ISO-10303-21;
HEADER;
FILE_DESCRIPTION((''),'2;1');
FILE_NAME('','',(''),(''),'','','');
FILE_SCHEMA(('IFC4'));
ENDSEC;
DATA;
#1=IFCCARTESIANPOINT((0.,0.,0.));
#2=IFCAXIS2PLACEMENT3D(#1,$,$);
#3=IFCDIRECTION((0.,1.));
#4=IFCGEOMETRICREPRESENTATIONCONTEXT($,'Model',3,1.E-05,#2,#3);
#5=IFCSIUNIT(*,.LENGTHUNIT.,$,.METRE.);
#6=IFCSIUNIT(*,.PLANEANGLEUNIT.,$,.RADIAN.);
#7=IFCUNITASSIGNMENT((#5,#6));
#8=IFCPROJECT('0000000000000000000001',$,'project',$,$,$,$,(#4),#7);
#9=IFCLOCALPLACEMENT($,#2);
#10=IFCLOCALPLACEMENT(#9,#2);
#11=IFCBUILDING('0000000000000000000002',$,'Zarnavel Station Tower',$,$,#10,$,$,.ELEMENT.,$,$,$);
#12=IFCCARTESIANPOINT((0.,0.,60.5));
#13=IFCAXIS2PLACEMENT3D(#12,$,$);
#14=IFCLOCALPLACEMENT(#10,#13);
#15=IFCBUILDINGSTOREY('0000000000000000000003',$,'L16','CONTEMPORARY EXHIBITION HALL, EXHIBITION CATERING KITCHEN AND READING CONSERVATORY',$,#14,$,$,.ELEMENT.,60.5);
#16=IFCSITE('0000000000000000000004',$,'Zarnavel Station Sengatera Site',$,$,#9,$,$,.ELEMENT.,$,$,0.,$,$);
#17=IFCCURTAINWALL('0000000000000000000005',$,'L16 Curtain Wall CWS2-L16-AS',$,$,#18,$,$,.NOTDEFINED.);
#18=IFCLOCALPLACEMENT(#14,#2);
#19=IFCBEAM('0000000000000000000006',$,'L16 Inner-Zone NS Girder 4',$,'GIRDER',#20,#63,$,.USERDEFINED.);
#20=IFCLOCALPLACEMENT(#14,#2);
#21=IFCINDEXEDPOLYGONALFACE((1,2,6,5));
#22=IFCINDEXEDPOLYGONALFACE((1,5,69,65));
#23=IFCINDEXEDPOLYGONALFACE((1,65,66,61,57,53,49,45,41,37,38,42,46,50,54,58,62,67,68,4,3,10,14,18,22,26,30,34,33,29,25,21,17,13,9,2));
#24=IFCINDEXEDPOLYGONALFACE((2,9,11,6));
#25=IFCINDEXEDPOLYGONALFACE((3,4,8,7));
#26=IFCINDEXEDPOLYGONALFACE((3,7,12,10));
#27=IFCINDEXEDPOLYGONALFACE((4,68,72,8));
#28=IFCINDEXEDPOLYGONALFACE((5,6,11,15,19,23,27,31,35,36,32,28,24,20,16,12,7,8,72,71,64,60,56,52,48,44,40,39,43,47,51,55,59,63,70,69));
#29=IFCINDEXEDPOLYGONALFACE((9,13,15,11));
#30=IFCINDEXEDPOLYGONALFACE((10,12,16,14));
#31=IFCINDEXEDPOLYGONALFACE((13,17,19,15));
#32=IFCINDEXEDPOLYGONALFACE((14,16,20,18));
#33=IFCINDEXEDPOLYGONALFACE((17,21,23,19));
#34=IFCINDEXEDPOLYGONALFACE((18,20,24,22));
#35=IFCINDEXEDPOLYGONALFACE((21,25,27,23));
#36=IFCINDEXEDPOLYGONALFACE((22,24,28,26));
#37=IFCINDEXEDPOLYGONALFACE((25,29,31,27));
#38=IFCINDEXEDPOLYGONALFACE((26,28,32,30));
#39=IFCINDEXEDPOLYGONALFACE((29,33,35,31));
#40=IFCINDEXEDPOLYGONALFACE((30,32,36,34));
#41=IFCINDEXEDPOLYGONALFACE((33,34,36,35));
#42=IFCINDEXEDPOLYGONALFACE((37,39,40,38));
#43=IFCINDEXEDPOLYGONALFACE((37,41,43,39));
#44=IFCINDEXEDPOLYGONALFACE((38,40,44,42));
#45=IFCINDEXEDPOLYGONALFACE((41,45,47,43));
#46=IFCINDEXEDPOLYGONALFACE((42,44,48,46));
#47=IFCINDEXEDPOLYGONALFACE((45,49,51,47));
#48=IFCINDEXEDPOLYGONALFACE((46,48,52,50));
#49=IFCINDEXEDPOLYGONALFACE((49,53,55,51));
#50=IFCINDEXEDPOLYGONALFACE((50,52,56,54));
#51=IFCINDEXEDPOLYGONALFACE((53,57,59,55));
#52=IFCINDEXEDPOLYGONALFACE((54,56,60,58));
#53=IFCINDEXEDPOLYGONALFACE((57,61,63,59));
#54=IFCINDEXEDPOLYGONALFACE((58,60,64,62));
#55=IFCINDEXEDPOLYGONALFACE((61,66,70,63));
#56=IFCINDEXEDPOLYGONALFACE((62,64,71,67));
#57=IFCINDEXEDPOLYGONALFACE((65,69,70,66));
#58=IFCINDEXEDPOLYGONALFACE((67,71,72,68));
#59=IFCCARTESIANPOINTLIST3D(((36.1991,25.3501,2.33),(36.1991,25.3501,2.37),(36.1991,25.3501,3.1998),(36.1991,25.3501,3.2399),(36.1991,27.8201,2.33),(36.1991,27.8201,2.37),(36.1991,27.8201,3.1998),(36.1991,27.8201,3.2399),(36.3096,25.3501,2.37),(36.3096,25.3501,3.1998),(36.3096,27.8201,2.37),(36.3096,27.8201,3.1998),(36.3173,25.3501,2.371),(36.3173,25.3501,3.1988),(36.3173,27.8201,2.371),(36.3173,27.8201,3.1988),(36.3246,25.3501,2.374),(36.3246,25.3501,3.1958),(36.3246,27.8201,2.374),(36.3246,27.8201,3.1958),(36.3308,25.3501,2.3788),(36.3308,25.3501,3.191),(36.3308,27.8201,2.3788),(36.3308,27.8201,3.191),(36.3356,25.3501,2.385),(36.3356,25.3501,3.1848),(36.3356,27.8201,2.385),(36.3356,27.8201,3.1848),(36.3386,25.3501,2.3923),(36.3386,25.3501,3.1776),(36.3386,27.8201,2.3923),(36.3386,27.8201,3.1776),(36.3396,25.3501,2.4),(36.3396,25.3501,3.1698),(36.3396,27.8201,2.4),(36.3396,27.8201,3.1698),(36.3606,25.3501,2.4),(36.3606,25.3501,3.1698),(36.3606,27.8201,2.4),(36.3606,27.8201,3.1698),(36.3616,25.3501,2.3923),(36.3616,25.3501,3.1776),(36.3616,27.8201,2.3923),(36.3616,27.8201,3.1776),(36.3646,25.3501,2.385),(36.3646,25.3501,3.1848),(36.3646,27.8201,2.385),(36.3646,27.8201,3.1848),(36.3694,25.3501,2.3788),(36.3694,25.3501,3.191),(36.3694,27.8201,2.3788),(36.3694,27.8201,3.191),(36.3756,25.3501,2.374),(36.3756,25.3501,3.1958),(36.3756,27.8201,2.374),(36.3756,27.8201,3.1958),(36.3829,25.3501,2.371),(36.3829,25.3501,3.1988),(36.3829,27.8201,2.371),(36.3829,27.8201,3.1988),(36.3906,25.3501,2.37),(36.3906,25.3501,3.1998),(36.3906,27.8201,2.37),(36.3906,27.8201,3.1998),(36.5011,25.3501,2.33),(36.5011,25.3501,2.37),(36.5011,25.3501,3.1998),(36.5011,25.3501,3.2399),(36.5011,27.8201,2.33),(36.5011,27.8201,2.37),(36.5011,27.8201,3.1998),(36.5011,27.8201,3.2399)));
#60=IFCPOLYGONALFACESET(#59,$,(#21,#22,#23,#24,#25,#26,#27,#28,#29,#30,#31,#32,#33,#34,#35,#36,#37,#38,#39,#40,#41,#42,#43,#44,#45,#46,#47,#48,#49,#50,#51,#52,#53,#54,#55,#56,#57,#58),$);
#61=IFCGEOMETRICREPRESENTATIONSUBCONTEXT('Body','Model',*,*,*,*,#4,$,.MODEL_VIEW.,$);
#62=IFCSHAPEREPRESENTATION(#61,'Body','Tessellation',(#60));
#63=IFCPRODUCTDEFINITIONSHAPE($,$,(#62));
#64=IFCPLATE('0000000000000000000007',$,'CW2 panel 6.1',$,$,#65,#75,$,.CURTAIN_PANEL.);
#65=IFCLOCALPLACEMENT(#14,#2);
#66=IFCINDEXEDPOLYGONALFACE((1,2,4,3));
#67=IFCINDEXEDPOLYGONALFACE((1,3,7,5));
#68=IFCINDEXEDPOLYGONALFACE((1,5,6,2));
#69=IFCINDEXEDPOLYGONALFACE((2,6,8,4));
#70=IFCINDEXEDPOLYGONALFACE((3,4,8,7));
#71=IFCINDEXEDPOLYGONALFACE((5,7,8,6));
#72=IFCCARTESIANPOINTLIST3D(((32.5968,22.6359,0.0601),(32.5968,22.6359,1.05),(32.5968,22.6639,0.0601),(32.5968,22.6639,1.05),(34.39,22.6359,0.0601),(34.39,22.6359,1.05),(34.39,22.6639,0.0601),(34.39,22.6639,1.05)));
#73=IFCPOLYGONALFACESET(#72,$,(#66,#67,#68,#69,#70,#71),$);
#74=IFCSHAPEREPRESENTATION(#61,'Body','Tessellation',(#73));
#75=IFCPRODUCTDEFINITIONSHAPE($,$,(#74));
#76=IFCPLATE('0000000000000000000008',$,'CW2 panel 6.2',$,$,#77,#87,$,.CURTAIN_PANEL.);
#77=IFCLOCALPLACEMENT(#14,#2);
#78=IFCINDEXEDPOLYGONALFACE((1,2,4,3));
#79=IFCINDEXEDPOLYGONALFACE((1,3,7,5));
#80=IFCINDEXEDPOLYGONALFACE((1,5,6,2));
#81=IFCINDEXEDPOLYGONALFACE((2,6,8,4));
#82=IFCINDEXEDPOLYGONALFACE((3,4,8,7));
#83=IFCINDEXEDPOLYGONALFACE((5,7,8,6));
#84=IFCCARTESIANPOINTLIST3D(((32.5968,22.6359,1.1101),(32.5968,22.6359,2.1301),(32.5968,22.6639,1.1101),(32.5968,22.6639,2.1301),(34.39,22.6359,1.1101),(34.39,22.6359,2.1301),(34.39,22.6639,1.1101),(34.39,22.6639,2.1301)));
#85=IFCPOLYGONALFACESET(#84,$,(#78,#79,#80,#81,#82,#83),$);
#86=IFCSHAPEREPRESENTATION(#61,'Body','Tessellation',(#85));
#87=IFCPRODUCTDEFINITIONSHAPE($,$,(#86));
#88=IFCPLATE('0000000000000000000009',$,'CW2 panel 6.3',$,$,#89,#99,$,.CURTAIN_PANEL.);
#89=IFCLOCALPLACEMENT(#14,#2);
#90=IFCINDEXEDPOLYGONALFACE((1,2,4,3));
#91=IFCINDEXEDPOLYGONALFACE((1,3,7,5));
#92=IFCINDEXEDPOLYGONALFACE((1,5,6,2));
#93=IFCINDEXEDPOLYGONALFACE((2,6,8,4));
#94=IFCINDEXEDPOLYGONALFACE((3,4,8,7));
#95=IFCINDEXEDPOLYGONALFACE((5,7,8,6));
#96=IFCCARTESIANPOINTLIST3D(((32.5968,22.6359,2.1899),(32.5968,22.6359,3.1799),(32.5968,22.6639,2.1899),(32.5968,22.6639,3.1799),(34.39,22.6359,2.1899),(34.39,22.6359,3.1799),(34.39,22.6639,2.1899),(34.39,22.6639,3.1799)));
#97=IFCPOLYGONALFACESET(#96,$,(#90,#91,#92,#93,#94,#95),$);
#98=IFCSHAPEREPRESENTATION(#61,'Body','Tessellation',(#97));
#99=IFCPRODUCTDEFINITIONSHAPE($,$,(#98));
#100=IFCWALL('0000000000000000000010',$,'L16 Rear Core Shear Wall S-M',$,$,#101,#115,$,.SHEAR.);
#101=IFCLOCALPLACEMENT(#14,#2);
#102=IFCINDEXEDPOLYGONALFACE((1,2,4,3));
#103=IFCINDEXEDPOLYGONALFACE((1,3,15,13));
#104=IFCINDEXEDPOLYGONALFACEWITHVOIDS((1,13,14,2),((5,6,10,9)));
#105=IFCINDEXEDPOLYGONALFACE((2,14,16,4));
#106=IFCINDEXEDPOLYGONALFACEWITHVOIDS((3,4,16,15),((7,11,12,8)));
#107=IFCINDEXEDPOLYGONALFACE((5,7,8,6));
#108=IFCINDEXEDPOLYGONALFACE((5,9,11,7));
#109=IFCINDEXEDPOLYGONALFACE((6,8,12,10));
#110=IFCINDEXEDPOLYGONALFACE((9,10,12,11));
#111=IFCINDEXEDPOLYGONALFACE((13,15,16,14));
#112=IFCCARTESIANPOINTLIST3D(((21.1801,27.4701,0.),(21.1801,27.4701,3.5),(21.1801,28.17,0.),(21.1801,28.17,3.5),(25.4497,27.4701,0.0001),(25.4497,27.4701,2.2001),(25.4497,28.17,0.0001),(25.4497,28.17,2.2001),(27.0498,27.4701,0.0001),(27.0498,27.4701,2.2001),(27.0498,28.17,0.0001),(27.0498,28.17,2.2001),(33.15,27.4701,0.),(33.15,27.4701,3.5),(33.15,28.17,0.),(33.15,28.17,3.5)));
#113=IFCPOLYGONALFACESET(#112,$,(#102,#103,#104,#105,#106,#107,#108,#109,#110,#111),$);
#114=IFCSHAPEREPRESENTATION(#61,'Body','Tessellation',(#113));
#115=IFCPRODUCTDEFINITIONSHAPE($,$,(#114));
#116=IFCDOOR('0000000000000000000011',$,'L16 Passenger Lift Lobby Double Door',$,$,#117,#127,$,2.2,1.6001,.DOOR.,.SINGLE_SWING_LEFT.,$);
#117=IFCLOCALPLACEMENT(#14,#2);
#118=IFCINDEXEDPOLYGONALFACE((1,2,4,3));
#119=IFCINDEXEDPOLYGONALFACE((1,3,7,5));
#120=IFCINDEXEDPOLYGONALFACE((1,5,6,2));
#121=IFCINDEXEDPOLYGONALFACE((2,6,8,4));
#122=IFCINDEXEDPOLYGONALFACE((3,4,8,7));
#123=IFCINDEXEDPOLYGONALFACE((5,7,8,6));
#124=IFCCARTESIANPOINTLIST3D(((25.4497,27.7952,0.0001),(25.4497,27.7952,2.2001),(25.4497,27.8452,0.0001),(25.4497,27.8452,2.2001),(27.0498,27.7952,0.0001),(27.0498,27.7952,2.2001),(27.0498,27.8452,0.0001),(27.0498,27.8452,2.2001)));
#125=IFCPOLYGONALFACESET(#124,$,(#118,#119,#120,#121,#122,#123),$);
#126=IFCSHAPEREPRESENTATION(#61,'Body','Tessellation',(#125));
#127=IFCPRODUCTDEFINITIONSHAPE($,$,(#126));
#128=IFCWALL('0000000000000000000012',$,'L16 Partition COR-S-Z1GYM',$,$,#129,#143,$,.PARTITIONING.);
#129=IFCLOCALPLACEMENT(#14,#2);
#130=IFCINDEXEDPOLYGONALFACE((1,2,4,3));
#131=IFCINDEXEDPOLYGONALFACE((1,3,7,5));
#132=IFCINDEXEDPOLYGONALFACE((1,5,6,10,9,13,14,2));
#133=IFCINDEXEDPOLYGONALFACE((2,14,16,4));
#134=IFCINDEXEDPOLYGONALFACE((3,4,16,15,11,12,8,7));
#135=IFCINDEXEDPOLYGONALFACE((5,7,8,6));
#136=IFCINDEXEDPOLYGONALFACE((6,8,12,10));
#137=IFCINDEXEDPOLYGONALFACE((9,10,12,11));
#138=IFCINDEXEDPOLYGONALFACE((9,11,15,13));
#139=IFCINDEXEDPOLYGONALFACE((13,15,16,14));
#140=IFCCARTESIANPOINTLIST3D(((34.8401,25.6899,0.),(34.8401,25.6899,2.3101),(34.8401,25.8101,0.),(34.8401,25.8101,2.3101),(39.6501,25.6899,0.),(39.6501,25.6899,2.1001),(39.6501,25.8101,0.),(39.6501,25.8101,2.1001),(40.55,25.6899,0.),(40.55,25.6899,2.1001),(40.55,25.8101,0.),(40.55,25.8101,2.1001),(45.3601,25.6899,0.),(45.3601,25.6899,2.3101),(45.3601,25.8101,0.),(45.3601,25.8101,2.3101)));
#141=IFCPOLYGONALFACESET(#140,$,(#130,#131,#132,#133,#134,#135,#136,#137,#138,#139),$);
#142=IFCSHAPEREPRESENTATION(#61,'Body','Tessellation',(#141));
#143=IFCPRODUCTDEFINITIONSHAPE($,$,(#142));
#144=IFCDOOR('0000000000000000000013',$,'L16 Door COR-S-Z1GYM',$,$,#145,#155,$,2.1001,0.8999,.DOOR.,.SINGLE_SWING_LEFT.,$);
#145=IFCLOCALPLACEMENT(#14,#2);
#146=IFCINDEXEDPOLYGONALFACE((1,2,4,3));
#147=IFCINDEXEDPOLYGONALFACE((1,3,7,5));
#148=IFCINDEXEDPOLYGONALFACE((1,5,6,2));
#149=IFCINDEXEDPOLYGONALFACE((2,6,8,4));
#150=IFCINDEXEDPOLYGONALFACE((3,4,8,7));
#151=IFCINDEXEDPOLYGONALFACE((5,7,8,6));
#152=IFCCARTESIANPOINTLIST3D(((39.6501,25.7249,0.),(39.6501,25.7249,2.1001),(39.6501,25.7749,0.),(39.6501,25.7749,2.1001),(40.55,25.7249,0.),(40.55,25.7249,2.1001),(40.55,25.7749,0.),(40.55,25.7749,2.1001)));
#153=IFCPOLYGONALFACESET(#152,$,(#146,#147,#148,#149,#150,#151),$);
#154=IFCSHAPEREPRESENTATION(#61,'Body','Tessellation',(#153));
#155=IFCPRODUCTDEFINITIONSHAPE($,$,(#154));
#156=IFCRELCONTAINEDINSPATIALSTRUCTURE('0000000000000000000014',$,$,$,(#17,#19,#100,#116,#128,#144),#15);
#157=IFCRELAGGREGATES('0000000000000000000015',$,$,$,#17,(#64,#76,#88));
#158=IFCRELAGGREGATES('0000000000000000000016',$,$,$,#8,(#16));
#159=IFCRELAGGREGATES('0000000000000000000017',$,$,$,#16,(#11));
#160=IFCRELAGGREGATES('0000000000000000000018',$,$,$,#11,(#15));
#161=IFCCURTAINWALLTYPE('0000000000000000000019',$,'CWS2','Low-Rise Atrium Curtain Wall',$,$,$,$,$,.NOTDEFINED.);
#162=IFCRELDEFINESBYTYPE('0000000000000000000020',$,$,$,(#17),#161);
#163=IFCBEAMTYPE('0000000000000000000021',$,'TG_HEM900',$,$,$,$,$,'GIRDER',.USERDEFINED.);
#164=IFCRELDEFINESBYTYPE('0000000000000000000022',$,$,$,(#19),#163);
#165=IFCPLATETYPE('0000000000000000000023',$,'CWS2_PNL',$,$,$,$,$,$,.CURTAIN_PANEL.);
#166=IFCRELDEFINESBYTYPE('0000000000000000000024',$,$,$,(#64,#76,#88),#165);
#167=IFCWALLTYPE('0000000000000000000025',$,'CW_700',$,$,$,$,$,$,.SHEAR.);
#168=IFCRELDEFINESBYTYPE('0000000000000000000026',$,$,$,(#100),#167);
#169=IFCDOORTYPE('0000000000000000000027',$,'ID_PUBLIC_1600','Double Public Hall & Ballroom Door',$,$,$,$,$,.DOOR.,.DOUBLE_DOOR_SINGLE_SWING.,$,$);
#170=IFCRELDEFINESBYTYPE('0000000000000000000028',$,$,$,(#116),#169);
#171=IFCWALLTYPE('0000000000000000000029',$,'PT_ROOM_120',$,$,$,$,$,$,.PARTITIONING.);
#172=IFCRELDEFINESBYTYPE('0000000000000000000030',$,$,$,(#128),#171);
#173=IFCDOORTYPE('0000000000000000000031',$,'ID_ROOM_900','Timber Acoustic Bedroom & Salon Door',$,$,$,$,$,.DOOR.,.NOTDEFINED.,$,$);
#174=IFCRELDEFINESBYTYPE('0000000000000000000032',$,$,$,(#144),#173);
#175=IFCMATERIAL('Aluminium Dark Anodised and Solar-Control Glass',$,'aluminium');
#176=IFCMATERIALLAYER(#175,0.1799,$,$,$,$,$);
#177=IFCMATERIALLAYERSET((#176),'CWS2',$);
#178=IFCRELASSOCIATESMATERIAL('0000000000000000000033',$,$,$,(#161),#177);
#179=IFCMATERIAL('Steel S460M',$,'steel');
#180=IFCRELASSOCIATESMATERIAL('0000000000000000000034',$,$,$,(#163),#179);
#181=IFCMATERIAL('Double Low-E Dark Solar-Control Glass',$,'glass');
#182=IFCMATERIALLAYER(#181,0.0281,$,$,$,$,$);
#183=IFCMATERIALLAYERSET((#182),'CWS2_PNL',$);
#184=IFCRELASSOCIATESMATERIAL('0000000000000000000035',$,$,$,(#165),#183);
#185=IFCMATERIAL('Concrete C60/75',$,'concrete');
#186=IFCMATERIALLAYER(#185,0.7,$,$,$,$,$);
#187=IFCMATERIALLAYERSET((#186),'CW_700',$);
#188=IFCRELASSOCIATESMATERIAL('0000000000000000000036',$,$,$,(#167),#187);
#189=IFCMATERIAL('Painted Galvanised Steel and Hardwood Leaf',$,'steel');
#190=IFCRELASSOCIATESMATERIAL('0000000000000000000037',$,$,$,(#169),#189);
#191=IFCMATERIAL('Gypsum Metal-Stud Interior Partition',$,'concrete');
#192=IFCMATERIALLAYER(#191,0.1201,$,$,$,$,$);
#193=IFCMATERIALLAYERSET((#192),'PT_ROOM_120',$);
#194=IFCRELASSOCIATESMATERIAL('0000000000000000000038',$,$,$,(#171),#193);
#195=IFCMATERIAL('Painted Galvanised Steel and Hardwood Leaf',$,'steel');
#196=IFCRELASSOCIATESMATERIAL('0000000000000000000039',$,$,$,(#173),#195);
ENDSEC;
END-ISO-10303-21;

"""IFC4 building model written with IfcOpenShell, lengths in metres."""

from ifc_helpers import new_model, si_unit, direction, frame, frame_2d, origin, origin_2d, place, context, subcontext, project, spatial, rectangle, i_section, extrude, material, layer, layer_set, material_profile, profile_set, type_object, element, fill, aggregate, save


model = new_model("IFC4")

# Units and contexts
model_context = context("Model", 3, precision=1e-05, world=origin(), true_north=direction((0.0, 1.0)))
body_context = subcontext(model_context, "Body", "Model", "MODEL_VIEW")
ifc_project = project(units=[si_unit("LENGTHUNIT", "METRE"), si_unit("PLANEANGLEUNIT", "RADIAN")], contexts=[model_context])

# Site, building, storey
site_placement = place(None, origin())
site = spatial("IfcSite", under=ifc_project, at=site_placement, Name="Zarnavel Station Sengatera Site", CompositionType="ELEMENT", RefElevation=0.0)
building_placement = place(site_placement, origin())
building = spatial("IfcBuilding", under=site, at=building_placement, Name="Zarnavel Station Tower", CompositionType="ELEMENT")
storey_placement = place(building_placement, frame((0.0, 0.0, 60.5)))
storey = spatial("IfcBuildingStorey", under=building, at=storey_placement, Name="L16", Description="CONTEMPORARY EXHIBITION HALL, EXHIBITION CATERING KITCHEN AND READING CONSERVATORY", CompositionType="ELEMENT", Elevation=60.5)

# Curtain wall
ifc_material_1 = material(Name="Aluminium Dark Anodised and Solar-Control Glass", Category="aluminium")
ifc_layer_1 = layer(ifc_material_1, 0.1799)
ifc_layer_set_1 = layer_set([ifc_layer_1], Name="CWS2")
curtain_wall_type = type_object("IfcCurtainWallType", Name="CWS2", Description="Low-Rise Atrium Curtain Wall", PredefinedType="NOTDEFINED", material=ifc_layer_set_1)
curtain_wall_placement = place(storey_placement, origin())
curtain_wall = element("IfcCurtainWall", 1, at=curtain_wall_placement, inside=storey, type_object=curtain_wall_type, Name="L16 Curtain Wall CWS2-L16-AS", PredefinedType="NOTDEFINED")

# Beam
ifc_material_2 = material(Name="Steel S460M", Category="steel")
ifc_material_profile_1 = material_profile(ifc_material_2, i_section(OverallWidth=0.302, OverallDepth=0.9099, WebThickness=0.021, FlangeThickness=0.04, FilletRadius=0.03, at=origin_2d()), Name="HEM900")
ifc_profile_set_1 = profile_set([ifc_material_profile_1], Name="Steel S460M")
beam_type_1 = type_object("IfcBeamType", Name="TG_HEM900", ElementType="GIRDER", PredefinedType="USERDEFINED", material=ifc_profile_set_1)
beam_1_placement = place(storey_placement, frame((36.3501, 25.3501, 2.7849), z_axis=(0.0, 1.0, 0.0), x_axis=(-1.0, 0.0, 0.0)))
element("IfcBeam", 2, at=beam_1_placement, inside=storey, type_object=beam_type_1, Name="L16 Inner-Zone NS Girder 4", ObjectType="GIRDER", PredefinedType="USERDEFINED", context=body_context, shape_type="SweptSolid", body=[
    extrude(i_section(OverallWidth=0.302, OverallDepth=0.9099, WebThickness=0.021, FlangeThickness=0.04, FilletRadius=0.03, at=origin_2d()), origin(), (0.0, 0.0, 1.0), 2.47),
])

# Plates
ifc_material_3 = material(Name="Double Low-E Dark Solar-Control Glass", Category="glass")
ifc_layer_2 = layer(ifc_material_3, 0.0281)
ifc_layer_set_2 = layer_set([ifc_layer_2], Name="CWS2_PNL")
plate_type = type_object("IfcPlateType", Name="CWS2_PNL", PredefinedType="CURTAIN_PANEL", material=ifc_layer_set_2)
plate_1_placement = place(storey_placement, frame((33.4934, 22.6499, 0.0601), z_axis=(0.0, 0.0, 1.0), x_axis=(1.0, 0.0, 0.0)))
plate_1 = element("IfcPlate", 3, at=plate_1_placement, type_object=plate_type, Name="CW2 panel 6.1", PredefinedType="CURTAIN_PANEL", context=body_context, shape_type="SweptSolid", body=[
    extrude(rectangle(XDim=1.7932, YDim=0.0281, at=origin_2d()), origin(), (0.0, 0.0, 1.0), 0.99),
])
plate_2_placement = place(storey_placement, frame((33.4934, 22.6499, 1.1101), z_axis=(0.0, 0.0, 1.0), x_axis=(1.0, 0.0, 0.0)))
plate_2 = element("IfcPlate", 4, at=plate_2_placement, type_object=plate_type, Name="CW2 panel 6.2", PredefinedType="CURTAIN_PANEL", context=body_context, shape_type="SweptSolid", body=[
    extrude(rectangle(XDim=1.7932, YDim=0.0281, at=origin_2d()), origin(), (0.0, 0.0, 1.0), 1.02),
])
plate_3_placement = place(storey_placement, frame((33.4934, 22.6499, 2.1899), z_axis=(0.0, 0.0, 1.0), x_axis=(1.0, 0.0, 0.0)))
plate_3 = element("IfcPlate", 5, at=plate_3_placement, type_object=plate_type, Name="CW2 panel 6.3", PredefinedType="CURTAIN_PANEL", context=body_context, shape_type="SweptSolid", body=[
    extrude(rectangle(XDim=1.7932, YDim=0.0281, at=origin_2d()), origin(), (0.0, 0.0, 1.0), 0.99),
])
aggregate(curtain_wall, [plate_1, plate_2, plate_3])

# Walls, openings, doors
ifc_material_4 = material(Name="Concrete C60/75", Category="concrete")
ifc_layer_3 = layer(ifc_material_4, 0.7)
ifc_layer_set_3 = layer_set([ifc_layer_3], Name="CW_700")
wall_type_1 = type_object("IfcWallType", Name="CW_700", PredefinedType="SHEAR", material=ifc_layer_set_3)
wall_1_placement = place(storey_placement, frame((33.1499, 27.8201, 0.0), z_axis=(0.0, 0.0, 1.0), x_axis=(-1.0, 0.0, 0.0)))
wall_1 = element("IfcWall", 6, at=wall_1_placement, inside=storey, type_object=wall_type_1, Name="L16 Rear Core Shear Wall S-M", PredefinedType="SHEAR", context=body_context, shape_type="SweptSolid", body=[
    extrude(rectangle(XDim=11.97, YDim=0.7, at=frame_2d((5.9849, 0.0))), origin(), (0.0, 0.0, 1.0), 3.5),
])
opening_1_placement = place(wall_1_placement, frame((6.1001, 0.0, 0.0)))
opening_1 = element("IfcOpeningElement", 7, at=opening_1_placement, cuts=wall_1, PredefinedType="OPENING", context=body_context, shape_type="SweptSolid", body=[
    extrude(rectangle(XDim=1.6001, YDim=2.2, at=frame_2d((0.8, 1.1001))), frame((0.0, 0.3599, 0.0), z_axis=(0.0, -1.0, 0.0), x_axis=(1.0, 0.0, 0.0)), (0.0, 0.0, 1.0), 0.72),
])
ifc_material_5 = material(Name="Painted Galvanised Steel and Hardwood Leaf", Category="steel")
door_type_1 = type_object("IfcDoorType", Name="ID_PUBLIC_1600", Description="Double Public Hall & Ballroom Door", OperationType="DOUBLE_DOOR_SINGLE_SWING", PredefinedType="DOOR", material=ifc_material_5)
door_1_placement = place(opening_1_placement, origin())
door_1 = element("IfcDoor", 8, at=door_1_placement, inside=storey, type_object=door_type_1, Name="L16 Passenger Lift Lobby Double Door", OperationType="SINGLE_SWING_LEFT", OverallHeight=2.2, OverallWidth=1.6001, PredefinedType="DOOR", context=body_context, shape_type="SweptSolid", body=[
    extrude(rectangle(XDim=1.6001, YDim=2.2, at=frame_2d((0.8, 1.1001))), frame((0.0, 0.0249, 0.0), z_axis=(0.0, -1.0, 0.0), x_axis=(1.0, 0.0, 0.0)), (0.0, 0.0, 1.0), 0.05),
])
fill(opening_1, door_1)
ifc_material_6 = material(Name="Gypsum Metal-Stud Interior Partition", Category="concrete")
ifc_layer_4 = layer(ifc_material_6, 0.1201)
ifc_layer_set_4 = layer_set([ifc_layer_4], Name="PT_ROOM_120")
wall_type_2 = type_object("IfcWallType", Name="PT_ROOM_120", PredefinedType="PARTITIONING", material=ifc_layer_set_4)
wall_2_placement = place(storey_placement, frame((34.8401, 25.75, 0.0), z_axis=(0.0, 0.0, 1.0), x_axis=(1.0, 0.0, 0.0)))
wall_2 = element("IfcWall", 9, at=wall_2_placement, inside=storey, type_object=wall_type_2, Name="L16 Partition COR-S-Z1GYM", PredefinedType="PARTITIONING", context=body_context, shape_type="SweptSolid", body=[
    extrude(rectangle(XDim=10.52, YDim=0.1201, at=frame_2d((5.26, 0.0))), origin(), (0.0, 0.0, 1.0), 2.3101),
])
opening_2_placement = place(wall_2_placement, frame((4.8101, 0.0, 0.0)))
opening_2 = element("IfcOpeningElement", 10, at=opening_2_placement, cuts=wall_2, PredefinedType="OPENING", context=body_context, shape_type="SweptSolid", body=[
    extrude(rectangle(XDim=0.8999, YDim=2.1001, at=frame_2d((0.45, 1.05))), frame((0.0, 0.0701, 0.0), z_axis=(0.0, -1.0, 0.0), x_axis=(1.0, 0.0, 0.0)), (0.0, 0.0, 1.0), 0.1401),
])
ifc_material_7 = material(Name="Painted Galvanised Steel and Hardwood Leaf", Category="steel")
door_type_2 = type_object("IfcDoorType", Name="ID_ROOM_900", Description="Timber Acoustic Bedroom & Salon Door", OperationType="NOTDEFINED", PredefinedType="DOOR", material=ifc_material_7)
door_2_placement = place(opening_2_placement, origin())
door_2 = element("IfcDoor", 11, at=door_2_placement, inside=storey, type_object=door_type_2, Name="L16 Door COR-S-Z1GYM", OperationType="SINGLE_SWING_LEFT", OverallHeight=2.1001, OverallWidth=0.8999, PredefinedType="DOOR", context=body_context, shape_type="SweptSolid", body=[
    extrude(rectangle(XDim=0.8999, YDim=2.1001, at=frame_2d((0.45, 1.05))), frame((0.0, 0.0249, 0.0), z_axis=(0.0, -1.0, 0.0), x_axis=(1.0, 0.0, 0.0)), (0.0, 0.0, 1.0), 0.05),
])
fill(opening_2, door_2)

save(model, "model.ifc")
